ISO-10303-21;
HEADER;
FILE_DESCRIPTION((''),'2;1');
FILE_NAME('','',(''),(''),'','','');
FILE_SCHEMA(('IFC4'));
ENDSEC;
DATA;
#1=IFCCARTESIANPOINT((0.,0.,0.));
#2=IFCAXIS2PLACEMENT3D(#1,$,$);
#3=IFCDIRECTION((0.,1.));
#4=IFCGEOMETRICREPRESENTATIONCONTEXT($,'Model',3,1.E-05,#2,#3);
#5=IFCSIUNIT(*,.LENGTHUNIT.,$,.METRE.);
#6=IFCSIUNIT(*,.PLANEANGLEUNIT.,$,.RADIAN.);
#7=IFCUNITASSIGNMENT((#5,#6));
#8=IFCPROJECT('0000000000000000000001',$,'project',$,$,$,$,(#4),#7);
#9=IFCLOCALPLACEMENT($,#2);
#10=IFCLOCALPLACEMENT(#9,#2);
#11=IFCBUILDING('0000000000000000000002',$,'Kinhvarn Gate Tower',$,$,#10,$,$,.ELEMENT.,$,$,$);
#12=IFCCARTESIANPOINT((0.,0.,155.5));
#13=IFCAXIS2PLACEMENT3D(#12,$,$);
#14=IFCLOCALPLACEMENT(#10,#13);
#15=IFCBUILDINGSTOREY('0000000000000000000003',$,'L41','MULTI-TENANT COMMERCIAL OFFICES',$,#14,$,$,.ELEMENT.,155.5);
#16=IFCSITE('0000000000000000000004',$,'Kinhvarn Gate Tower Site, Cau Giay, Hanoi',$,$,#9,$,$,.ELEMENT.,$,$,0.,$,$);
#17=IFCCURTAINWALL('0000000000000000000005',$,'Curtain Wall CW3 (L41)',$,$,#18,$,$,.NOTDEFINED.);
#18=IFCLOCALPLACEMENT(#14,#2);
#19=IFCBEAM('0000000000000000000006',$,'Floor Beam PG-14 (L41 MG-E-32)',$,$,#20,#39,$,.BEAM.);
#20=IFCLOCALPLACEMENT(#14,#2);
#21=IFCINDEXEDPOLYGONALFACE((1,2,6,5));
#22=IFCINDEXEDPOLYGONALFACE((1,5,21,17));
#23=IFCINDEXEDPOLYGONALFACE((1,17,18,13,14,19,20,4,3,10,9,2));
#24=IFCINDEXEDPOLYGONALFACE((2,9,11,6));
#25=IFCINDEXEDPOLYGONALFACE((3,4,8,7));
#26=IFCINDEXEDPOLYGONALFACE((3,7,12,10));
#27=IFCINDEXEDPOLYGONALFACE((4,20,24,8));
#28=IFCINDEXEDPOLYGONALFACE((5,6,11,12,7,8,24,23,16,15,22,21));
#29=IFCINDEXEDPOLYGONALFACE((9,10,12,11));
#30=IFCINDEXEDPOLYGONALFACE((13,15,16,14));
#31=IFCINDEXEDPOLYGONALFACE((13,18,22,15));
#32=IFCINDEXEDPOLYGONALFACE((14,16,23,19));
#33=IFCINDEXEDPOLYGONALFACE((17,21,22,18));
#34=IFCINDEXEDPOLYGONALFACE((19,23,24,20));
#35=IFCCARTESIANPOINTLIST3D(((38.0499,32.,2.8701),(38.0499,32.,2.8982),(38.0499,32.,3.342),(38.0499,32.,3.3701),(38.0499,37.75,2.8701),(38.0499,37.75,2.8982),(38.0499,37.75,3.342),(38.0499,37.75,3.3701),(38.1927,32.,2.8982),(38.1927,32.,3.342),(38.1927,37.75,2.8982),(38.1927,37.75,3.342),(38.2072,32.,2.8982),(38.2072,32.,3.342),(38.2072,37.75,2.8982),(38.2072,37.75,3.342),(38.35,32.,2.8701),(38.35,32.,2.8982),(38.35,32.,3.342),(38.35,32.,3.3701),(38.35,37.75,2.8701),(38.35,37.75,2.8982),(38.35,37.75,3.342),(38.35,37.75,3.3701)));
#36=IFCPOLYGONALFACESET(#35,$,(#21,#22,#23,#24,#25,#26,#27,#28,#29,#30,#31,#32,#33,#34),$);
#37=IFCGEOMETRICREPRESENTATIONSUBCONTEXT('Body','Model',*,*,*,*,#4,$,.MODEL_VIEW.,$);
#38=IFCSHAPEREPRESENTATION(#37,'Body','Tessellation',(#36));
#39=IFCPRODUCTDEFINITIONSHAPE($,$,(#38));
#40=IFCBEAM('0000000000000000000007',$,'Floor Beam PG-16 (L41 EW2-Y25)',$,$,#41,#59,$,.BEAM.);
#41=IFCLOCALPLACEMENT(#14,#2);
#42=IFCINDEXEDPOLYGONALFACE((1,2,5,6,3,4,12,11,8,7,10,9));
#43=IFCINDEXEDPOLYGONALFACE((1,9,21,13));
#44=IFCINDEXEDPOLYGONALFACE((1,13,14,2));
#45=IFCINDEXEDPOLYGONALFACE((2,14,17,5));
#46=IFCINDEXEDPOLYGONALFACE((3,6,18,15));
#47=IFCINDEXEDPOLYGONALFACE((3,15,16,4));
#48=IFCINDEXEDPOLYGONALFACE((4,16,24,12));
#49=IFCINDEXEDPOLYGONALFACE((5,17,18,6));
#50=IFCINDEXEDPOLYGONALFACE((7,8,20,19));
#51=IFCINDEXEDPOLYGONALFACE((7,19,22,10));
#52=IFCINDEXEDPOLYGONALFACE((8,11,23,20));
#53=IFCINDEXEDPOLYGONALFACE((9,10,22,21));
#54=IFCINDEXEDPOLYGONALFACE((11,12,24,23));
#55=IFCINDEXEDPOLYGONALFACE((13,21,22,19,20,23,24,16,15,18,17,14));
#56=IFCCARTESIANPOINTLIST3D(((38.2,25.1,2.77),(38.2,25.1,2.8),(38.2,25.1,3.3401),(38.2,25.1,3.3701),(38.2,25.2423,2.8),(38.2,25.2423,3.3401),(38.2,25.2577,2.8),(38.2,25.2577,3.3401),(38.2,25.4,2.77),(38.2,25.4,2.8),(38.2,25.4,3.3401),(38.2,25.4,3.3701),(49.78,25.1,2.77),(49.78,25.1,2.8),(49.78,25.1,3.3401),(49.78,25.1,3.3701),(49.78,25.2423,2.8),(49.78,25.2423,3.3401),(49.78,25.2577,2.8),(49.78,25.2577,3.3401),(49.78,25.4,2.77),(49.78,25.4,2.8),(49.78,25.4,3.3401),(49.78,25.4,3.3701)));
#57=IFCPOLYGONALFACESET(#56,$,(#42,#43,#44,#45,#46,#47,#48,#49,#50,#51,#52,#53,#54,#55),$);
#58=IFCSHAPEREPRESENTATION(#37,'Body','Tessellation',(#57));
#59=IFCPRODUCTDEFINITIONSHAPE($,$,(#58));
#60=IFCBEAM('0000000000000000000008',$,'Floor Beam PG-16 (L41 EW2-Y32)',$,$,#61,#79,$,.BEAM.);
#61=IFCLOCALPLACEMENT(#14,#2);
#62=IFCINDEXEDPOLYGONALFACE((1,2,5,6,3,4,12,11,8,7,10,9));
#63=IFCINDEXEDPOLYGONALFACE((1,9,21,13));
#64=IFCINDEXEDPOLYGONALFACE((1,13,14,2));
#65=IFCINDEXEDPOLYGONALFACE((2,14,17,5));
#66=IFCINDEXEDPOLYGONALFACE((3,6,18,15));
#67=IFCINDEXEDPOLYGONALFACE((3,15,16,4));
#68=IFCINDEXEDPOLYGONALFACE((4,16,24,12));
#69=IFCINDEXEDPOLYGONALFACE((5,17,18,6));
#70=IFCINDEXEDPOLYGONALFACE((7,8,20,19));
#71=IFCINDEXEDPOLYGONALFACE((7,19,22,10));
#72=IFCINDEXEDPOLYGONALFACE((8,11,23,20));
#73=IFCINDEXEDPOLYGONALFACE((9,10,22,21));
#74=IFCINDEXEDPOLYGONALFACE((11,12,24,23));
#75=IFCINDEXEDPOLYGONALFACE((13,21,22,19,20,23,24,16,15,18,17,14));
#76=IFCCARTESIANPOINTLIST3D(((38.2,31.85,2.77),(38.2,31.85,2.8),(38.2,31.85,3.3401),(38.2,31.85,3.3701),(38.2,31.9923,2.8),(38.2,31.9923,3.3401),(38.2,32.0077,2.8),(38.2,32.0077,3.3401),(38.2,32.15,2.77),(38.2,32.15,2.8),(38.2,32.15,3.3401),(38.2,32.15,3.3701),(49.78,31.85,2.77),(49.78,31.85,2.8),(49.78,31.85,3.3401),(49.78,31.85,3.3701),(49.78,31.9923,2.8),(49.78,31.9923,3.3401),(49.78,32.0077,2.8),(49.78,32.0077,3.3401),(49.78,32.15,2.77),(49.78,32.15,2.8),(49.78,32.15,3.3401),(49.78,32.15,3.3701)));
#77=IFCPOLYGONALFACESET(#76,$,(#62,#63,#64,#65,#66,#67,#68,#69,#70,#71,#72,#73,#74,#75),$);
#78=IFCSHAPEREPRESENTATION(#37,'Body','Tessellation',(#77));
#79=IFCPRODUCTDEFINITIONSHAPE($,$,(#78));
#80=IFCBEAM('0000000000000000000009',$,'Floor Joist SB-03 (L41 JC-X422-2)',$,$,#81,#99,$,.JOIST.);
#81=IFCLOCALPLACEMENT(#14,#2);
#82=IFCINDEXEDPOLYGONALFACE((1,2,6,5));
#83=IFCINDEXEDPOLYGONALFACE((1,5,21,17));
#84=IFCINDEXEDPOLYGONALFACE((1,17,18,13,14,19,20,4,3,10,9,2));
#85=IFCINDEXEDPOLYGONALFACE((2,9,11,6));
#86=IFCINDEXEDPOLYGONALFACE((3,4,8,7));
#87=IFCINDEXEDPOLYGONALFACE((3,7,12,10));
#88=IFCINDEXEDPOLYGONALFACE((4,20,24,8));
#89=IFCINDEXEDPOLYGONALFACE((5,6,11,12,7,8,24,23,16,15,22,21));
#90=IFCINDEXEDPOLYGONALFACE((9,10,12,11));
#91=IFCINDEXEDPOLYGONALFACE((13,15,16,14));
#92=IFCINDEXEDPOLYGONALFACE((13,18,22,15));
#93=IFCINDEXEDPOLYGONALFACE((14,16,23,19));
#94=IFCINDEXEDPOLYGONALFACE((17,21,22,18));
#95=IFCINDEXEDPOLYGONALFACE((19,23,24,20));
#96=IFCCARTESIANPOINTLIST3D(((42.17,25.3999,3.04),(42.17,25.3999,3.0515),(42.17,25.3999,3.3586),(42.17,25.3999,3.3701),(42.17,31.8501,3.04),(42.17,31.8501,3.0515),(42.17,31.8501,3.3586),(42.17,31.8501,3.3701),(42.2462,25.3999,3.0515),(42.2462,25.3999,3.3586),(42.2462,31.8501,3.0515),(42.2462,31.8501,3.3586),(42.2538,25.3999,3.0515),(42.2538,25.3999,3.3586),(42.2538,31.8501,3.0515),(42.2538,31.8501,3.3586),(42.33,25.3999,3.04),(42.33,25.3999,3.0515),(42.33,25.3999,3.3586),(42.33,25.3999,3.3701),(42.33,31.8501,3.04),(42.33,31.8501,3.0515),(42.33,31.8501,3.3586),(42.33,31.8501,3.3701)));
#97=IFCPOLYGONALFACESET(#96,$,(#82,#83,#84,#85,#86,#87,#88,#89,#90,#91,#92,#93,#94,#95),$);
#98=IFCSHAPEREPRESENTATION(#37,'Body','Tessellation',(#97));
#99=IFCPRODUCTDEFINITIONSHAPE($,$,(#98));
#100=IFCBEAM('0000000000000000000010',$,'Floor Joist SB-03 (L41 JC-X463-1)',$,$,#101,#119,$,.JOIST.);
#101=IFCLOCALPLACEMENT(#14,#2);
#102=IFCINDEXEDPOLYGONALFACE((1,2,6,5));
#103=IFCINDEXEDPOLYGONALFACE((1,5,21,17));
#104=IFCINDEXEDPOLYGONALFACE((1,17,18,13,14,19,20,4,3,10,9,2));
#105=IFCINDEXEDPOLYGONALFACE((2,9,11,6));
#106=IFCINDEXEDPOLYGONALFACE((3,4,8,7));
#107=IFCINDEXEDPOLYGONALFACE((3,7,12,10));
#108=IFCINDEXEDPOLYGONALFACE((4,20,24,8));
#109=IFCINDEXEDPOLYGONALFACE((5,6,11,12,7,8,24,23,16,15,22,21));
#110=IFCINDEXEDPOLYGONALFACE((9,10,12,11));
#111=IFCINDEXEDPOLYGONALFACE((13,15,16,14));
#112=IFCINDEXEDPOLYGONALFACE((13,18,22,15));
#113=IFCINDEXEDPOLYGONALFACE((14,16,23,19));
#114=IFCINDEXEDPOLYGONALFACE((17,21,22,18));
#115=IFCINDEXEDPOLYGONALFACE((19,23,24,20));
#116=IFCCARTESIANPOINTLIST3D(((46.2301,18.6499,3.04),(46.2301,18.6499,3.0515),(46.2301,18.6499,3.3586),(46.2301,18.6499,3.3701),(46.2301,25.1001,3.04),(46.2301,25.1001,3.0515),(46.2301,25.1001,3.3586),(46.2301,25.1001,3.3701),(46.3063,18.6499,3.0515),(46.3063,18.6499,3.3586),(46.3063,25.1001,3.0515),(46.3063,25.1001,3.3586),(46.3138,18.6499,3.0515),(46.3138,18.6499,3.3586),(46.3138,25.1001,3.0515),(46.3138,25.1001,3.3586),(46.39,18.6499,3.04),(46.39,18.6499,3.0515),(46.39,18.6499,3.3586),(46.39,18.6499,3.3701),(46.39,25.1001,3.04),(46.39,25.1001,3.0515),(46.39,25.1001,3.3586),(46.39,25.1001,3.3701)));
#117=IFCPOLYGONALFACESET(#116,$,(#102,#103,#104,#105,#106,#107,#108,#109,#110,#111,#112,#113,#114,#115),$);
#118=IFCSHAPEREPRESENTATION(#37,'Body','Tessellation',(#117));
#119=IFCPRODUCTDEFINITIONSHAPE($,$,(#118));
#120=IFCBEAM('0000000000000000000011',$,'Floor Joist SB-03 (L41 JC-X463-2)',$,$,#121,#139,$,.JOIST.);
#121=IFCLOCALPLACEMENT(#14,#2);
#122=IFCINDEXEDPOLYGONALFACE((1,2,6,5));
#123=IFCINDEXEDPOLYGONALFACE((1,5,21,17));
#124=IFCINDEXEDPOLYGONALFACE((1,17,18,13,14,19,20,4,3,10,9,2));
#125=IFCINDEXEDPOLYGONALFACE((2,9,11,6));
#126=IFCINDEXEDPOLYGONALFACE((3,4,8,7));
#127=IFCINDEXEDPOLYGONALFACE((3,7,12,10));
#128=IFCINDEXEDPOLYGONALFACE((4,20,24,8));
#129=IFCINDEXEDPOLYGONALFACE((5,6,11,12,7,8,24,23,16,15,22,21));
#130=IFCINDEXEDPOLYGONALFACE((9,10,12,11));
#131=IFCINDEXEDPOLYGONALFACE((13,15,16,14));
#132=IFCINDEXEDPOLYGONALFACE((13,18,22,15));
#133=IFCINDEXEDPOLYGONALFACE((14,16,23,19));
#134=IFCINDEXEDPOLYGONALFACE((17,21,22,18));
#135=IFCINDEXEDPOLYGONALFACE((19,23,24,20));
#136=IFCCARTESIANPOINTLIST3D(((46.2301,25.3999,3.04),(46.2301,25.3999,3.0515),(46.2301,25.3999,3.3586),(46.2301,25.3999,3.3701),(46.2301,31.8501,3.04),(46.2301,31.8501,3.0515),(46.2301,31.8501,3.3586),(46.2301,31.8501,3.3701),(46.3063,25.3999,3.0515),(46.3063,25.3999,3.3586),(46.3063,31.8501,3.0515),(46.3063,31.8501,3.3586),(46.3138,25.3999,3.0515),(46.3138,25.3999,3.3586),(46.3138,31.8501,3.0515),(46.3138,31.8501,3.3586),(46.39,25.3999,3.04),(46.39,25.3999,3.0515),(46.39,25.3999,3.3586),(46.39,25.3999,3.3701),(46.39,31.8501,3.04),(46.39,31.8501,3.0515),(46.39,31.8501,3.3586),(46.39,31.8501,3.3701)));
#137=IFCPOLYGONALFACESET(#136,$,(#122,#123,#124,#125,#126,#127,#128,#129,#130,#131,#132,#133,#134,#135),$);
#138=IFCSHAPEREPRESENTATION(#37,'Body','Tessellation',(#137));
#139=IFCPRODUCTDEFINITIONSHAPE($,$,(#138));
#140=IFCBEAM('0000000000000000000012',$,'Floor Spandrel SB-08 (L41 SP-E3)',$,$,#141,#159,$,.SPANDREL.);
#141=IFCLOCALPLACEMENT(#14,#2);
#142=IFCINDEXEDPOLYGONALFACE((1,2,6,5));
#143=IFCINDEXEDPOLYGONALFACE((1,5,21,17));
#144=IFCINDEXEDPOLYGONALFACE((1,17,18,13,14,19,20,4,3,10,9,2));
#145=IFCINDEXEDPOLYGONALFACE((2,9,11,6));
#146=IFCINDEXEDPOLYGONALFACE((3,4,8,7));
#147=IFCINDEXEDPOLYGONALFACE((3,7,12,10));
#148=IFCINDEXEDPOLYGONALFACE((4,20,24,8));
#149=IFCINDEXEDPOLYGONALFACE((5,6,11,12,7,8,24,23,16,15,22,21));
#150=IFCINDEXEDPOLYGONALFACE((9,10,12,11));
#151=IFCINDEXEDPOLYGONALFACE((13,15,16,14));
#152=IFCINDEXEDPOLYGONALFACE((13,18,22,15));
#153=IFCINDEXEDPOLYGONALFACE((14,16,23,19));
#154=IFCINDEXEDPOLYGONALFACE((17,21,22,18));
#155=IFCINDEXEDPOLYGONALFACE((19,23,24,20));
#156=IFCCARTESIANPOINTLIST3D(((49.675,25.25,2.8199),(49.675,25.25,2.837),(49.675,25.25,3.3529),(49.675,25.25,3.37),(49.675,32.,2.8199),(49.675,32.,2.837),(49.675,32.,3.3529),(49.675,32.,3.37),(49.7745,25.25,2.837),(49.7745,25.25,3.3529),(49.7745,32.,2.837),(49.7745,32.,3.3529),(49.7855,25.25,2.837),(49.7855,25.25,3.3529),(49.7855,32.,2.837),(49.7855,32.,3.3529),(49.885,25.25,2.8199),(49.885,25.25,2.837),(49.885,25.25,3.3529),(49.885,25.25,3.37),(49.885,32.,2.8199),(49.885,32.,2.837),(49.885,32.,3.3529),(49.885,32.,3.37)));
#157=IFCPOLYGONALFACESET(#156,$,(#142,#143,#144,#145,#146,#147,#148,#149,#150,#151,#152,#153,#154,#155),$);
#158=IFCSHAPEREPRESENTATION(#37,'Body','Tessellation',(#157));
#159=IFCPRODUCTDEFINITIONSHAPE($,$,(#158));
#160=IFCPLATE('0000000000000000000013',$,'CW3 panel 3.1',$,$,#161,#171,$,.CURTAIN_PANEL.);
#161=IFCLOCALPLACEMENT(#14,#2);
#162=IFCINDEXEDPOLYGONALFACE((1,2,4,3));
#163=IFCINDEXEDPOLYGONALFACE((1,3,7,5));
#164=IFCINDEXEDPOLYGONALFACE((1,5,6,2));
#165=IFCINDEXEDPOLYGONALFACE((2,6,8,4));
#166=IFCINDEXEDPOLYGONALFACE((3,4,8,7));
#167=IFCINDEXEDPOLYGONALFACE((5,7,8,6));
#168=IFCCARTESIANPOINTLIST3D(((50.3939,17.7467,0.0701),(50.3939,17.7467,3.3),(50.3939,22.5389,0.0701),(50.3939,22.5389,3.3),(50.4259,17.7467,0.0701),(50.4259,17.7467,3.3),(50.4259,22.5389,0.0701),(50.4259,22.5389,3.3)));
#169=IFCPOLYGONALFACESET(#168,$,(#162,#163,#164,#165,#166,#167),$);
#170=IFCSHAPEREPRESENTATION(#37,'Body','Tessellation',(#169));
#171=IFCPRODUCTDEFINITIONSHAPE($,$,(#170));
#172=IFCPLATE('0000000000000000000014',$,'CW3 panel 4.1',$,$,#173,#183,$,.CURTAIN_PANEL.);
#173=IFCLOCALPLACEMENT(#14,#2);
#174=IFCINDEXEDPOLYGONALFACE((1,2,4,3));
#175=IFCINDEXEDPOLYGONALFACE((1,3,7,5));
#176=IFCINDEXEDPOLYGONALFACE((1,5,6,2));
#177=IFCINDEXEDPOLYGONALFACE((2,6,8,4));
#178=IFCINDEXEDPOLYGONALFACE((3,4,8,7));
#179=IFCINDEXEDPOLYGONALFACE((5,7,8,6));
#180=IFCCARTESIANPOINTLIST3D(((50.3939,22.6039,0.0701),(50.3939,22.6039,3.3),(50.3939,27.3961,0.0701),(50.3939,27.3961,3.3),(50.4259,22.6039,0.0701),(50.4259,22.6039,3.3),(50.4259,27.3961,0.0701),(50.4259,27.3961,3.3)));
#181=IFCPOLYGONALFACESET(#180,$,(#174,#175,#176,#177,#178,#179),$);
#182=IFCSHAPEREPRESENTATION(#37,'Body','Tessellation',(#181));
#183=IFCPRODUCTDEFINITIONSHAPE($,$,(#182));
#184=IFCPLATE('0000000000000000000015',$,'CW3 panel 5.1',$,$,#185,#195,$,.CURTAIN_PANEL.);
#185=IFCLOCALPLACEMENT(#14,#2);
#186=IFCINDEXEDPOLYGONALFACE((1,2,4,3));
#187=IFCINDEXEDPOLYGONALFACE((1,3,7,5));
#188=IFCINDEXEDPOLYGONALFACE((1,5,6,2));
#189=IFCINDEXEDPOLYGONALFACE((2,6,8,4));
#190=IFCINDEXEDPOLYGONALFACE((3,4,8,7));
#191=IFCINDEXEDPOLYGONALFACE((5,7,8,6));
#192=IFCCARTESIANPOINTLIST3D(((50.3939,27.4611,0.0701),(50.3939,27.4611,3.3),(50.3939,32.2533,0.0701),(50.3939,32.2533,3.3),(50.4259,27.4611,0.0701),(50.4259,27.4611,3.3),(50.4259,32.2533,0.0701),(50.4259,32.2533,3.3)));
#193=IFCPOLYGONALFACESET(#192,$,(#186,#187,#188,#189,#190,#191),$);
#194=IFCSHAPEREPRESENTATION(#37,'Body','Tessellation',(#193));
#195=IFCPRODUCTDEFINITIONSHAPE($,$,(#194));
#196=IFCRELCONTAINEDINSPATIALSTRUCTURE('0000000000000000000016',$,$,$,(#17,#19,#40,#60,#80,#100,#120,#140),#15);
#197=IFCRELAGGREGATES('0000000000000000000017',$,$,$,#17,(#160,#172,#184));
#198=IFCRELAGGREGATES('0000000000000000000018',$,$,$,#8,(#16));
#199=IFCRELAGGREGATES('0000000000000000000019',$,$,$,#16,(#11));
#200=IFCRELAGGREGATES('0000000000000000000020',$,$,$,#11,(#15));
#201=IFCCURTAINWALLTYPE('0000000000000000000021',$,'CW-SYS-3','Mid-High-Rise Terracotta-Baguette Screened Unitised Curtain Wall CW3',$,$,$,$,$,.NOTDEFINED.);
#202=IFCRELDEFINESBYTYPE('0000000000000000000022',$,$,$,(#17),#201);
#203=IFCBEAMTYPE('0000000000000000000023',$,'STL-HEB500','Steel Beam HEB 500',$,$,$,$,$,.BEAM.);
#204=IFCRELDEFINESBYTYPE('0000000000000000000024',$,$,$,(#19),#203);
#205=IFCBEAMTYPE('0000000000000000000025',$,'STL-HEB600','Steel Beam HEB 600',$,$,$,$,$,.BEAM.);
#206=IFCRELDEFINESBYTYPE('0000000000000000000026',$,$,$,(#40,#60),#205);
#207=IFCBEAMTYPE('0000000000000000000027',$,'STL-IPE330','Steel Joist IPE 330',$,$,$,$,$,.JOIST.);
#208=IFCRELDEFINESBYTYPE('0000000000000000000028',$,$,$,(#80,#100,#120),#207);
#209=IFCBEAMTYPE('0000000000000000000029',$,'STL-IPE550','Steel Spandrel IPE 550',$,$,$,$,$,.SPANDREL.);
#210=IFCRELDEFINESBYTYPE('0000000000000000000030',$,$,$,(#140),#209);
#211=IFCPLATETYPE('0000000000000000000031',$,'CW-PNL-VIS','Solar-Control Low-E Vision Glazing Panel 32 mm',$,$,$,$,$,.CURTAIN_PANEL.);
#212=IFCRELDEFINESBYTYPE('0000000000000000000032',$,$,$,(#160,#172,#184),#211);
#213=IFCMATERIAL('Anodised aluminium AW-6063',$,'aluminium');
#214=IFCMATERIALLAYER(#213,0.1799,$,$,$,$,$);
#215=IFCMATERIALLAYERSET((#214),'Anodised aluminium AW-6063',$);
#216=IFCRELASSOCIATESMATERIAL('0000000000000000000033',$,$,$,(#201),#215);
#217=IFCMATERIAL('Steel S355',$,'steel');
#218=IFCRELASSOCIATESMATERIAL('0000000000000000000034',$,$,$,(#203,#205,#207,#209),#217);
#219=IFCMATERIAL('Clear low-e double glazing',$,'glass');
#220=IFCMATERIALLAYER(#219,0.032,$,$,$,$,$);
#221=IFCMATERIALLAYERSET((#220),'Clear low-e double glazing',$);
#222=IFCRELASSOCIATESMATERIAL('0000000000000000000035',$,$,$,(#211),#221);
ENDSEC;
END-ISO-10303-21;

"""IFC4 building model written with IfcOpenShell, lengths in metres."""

from ifc_helpers import new_model, si_unit, direction, frame, origin, origin_2d, place, context, subcontext, project, spatial, rectangle, i_section, extrude, material, layer, layer_set, material_profile, profile_set, type_object, element, aggregate, save


model = new_model("IFC4")

# Units and contexts
model_context = context("Model", 3, precision=1e-05, world=origin(), true_north=direction((0.0, 1.0)))
body_context = subcontext(model_context, "Body", "Model", "MODEL_VIEW")
ifc_project = project(units=[si_unit("LENGTHUNIT", "METRE"), si_unit("PLANEANGLEUNIT", "RADIAN")], contexts=[model_context])

# Site, building, storey
site_placement = place(None, origin())
site = spatial("IfcSite", under=ifc_project, at=site_placement, Name="Kinhvarn Gate Tower Site, Cau Giay, Hanoi", CompositionType="ELEMENT", RefElevation=0.0)
building_placement = place(site_placement, origin())
building = spatial("IfcBuilding", under=site, at=building_placement, Name="Kinhvarn Gate Tower", CompositionType="ELEMENT")
storey_placement = place(building_placement, frame((0.0, 0.0, 155.5)))
storey = spatial("IfcBuildingStorey", under=building, at=storey_placement, Name="L41", Description="MULTI-TENANT COMMERCIAL OFFICES", CompositionType="ELEMENT", Elevation=155.5)

# Curtain wall
ifc_material_1 = material(Name="Anodised aluminium AW-6063", Category="aluminium")
ifc_layer_1 = layer(ifc_material_1, 0.1799)
ifc_layer_set_1 = layer_set([ifc_layer_1], Name="Anodised aluminium AW-6063")
curtain_wall_type = type_object("IfcCurtainWallType", Name="CW-SYS-3", Description="Mid-High-Rise Terracotta-Baguette Screened Unitised Curtain Wall CW3", PredefinedType="NOTDEFINED", material=ifc_layer_set_1)
curtain_wall_placement = place(storey_placement, origin())
curtain_wall = element("IfcCurtainWall", 1, at=curtain_wall_placement, inside=storey, type_object=curtain_wall_type, Name="Curtain Wall CW3 (L41)", PredefinedType="NOTDEFINED")

# Beams
ifc_material_2 = material(Name="Steel S355", Category="steel")
ifc_material_profile_1 = material_profile(ifc_material_2, i_section(OverallWidth=0.3, OverallDepth=0.5, WebThickness=0.0144, FlangeThickness=0.0281, at=origin_2d()), Name="HEB 500")
ifc_profile_set_1 = profile_set([ifc_material_profile_1], Name="Steel S355")
beam_type_1 = type_object("IfcBeamType", Name="STL-HEB500", Description="Steel Beam HEB 500", PredefinedType="BEAM", material=ifc_profile_set_1)
beam_1_placement = place(storey_placement, frame((38.2, 32.0, 3.1201), z_axis=(0.0, 1.0, 0.0), x_axis=(-1.0, 0.0, 0.0)))
element("IfcBeam", 2, at=beam_1_placement, inside=storey, type_object=beam_type_1, Name="Floor Beam PG-14 (L41 MG-E-32)", PredefinedType="BEAM", context=body_context, shape_type="SweptSolid", body=[
    extrude(i_section(OverallWidth=0.3, OverallDepth=0.5, WebThickness=0.0144, FlangeThickness=0.0281, at=origin_2d()), origin(), (0.0, 0.0, 1.0), 5.75),
])
ifc_material_profile_2 = material_profile(ifc_material_2, i_section(OverallWidth=0.3, OverallDepth=0.6001, WebThickness=0.0154, FlangeThickness=0.03, at=origin_2d()), Name="HEB 600")
ifc_profile_set_2 = profile_set([ifc_material_profile_2], Name="Steel S355")
beam_type_2 = type_object("IfcBeamType", Name="STL-HEB600", Description="Steel Beam HEB 600", PredefinedType="BEAM", material=ifc_profile_set_2)
for number, where, z_axis, x_axis, name in (
    (3, (38.2, 25.25, 3.0701), (1.0, 0.0, 0.0), (0.0, 1.0, 0.0), "Floor Beam PG-16 (L41 EW2-Y25)"),
    (4, (38.2, 32.0, 3.0701), (1.0, 0.0, 0.0), (0.0, 1.0, 0.0), "Floor Beam PG-16 (L41 EW2-Y32)"),
):
    element("IfcBeam", number, at=place(storey_placement, frame(where, z_axis=z_axis, x_axis=x_axis)), inside=storey, type_object=beam_type_2, Name=name, PredefinedType="BEAM", context=body_context, shape_type="SweptSolid", body=[
        extrude(i_section(OverallWidth=0.3, OverallDepth=0.6001, WebThickness=0.0154, FlangeThickness=0.03, at=origin_2d()), origin(), (0.0, 0.0, 1.0), 11.5801),
    ])
ifc_material_profile_3 = material_profile(ifc_material_2, i_section(OverallWidth=0.1599, OverallDepth=0.3301, WebThickness=0.0076, FlangeThickness=0.0115, at=origin_2d()), Name="IPE 330")
ifc_profile_set_3 = profile_set([ifc_material_profile_3], Name="Steel S355")
beam_type_3 = type_object("IfcBeamType", Name="STL-IPE330", Description="Steel Joist IPE 330", PredefinedType="JOIST", material=ifc_profile_set_3)
for number, where, z_axis, x_axis, name in (
    (5, (42.25, 25.3999, 3.2051), (0.0, 1.0, 0.0), (-1.0, 0.0, 0.0), "Floor Joist SB-03 (L41 JC-X422-2)"),
    (6, (46.3101, 18.6499, 3.2051), (0.0, 1.0, 0.0), (-1.0, 0.0, 0.0), "Floor Joist SB-03 (L41 JC-X463-1)"),
    (7, (46.3101, 25.3999, 3.2051), (0.0, 1.0, 0.0), (-1.0, 0.0, 0.0), "Floor Joist SB-03 (L41 JC-X463-2)"),
):
    element("IfcBeam", number, at=place(storey_placement, frame(where, z_axis=z_axis, x_axis=x_axis)), inside=storey, type_object=beam_type_3, Name=name, PredefinedType="JOIST", context=body_context, shape_type="SweptSolid", body=[
        extrude(i_section(OverallWidth=0.1599, OverallDepth=0.3301, WebThickness=0.0076, FlangeThickness=0.0115, at=origin_2d()), origin(), (0.0, 0.0, 1.0), 6.4502),
    ])
ifc_material_profile_4 = material_profile(ifc_material_2, i_section(OverallWidth=0.21, OverallDepth=0.55, WebThickness=0.011, FlangeThickness=0.0171, at=origin_2d()), Name="IPE 550")
ifc_profile_set_4 = profile_set([ifc_material_profile_4], Name="Steel S355")
beam_type_4 = type_object("IfcBeamType", Name="STL-IPE550", Description="Steel Spandrel IPE 550", PredefinedType="SPANDREL", material=ifc_profile_set_4)
beam_2_placement = place(storey_placement, frame((49.78, 25.25, 3.095), z_axis=(0.0, 1.0, 0.0), x_axis=(-1.0, 0.0, 0.0)))
element("IfcBeam", 8, at=beam_2_placement, inside=storey, type_object=beam_type_4, Name="Floor Spandrel SB-08 (L41 SP-E3)", PredefinedType="SPANDREL", context=body_context, shape_type="SweptSolid", body=[
    extrude(i_section(OverallWidth=0.21, OverallDepth=0.55, WebThickness=0.011, FlangeThickness=0.0171, at=origin_2d()), origin(), (0.0, 0.0, 1.0), 6.75),
])

# Plates
ifc_material_3 = material(Name="Clear low-e double glazing", Category="glass")
ifc_layer_2 = layer(ifc_material_3, 0.032)
ifc_layer_set_2 = layer_set([ifc_layer_2], Name="Clear low-e double glazing")
plate_type = type_object("IfcPlateType", Name="CW-PNL-VIS", Description="Solar-Control Low-E Vision Glazing Panel 32 mm", PredefinedType="CURTAIN_PANEL", material=ifc_layer_set_2)
plate_1_placement = place(storey_placement, frame((50.4099, 20.1428, 0.0701), z_axis=(0.0, 0.0, 1.0), x_axis=(0.0, 1.0, 0.0)))
plate_1 = element("IfcPlate", 9, at=plate_1_placement, type_object=plate_type, Name="CW3 panel 3.1", PredefinedType="CURTAIN_PANEL", context=body_context, shape_type="SweptSolid", body=[
    extrude(rectangle(XDim=4.7922, YDim=0.032, at=origin_2d()), origin(), (0.0, 0.0, 1.0), 3.23),
])
plate_2_placement = place(storey_placement, frame((50.4099, 25.0, 0.0701), z_axis=(0.0, 0.0, 1.0), x_axis=(0.0, 1.0, 0.0)))
plate_2 = element("IfcPlate", 10, at=plate_2_placement, type_object=plate_type, Name="CW3 panel 4.1", PredefinedType="CURTAIN_PANEL", context=body_context, shape_type="SweptSolid", body=[
    extrude(rectangle(XDim=4.7922, YDim=0.032, at=origin_2d()), origin(), (0.0, 0.0, 1.0), 3.23),
])
plate_3_placement = place(storey_placement, frame((50.4099, 29.8572, 0.0701), z_axis=(0.0, 0.0, 1.0), x_axis=(0.0, 1.0, 0.0)))
plate_3 = element("IfcPlate", 11, at=plate_3_placement, type_object=plate_type, Name="CW3 panel 5.1", PredefinedType="CURTAIN_PANEL", context=body_context, shape_type="SweptSolid", body=[
    extrude(rectangle(XDim=4.7922, YDim=0.032, at=origin_2d()), origin(), (0.0, 0.0, 1.0), 3.23),
])
aggregate(curtain_wall, [plate_1, plate_2, plate_3])

save(model, "model.ifc")
